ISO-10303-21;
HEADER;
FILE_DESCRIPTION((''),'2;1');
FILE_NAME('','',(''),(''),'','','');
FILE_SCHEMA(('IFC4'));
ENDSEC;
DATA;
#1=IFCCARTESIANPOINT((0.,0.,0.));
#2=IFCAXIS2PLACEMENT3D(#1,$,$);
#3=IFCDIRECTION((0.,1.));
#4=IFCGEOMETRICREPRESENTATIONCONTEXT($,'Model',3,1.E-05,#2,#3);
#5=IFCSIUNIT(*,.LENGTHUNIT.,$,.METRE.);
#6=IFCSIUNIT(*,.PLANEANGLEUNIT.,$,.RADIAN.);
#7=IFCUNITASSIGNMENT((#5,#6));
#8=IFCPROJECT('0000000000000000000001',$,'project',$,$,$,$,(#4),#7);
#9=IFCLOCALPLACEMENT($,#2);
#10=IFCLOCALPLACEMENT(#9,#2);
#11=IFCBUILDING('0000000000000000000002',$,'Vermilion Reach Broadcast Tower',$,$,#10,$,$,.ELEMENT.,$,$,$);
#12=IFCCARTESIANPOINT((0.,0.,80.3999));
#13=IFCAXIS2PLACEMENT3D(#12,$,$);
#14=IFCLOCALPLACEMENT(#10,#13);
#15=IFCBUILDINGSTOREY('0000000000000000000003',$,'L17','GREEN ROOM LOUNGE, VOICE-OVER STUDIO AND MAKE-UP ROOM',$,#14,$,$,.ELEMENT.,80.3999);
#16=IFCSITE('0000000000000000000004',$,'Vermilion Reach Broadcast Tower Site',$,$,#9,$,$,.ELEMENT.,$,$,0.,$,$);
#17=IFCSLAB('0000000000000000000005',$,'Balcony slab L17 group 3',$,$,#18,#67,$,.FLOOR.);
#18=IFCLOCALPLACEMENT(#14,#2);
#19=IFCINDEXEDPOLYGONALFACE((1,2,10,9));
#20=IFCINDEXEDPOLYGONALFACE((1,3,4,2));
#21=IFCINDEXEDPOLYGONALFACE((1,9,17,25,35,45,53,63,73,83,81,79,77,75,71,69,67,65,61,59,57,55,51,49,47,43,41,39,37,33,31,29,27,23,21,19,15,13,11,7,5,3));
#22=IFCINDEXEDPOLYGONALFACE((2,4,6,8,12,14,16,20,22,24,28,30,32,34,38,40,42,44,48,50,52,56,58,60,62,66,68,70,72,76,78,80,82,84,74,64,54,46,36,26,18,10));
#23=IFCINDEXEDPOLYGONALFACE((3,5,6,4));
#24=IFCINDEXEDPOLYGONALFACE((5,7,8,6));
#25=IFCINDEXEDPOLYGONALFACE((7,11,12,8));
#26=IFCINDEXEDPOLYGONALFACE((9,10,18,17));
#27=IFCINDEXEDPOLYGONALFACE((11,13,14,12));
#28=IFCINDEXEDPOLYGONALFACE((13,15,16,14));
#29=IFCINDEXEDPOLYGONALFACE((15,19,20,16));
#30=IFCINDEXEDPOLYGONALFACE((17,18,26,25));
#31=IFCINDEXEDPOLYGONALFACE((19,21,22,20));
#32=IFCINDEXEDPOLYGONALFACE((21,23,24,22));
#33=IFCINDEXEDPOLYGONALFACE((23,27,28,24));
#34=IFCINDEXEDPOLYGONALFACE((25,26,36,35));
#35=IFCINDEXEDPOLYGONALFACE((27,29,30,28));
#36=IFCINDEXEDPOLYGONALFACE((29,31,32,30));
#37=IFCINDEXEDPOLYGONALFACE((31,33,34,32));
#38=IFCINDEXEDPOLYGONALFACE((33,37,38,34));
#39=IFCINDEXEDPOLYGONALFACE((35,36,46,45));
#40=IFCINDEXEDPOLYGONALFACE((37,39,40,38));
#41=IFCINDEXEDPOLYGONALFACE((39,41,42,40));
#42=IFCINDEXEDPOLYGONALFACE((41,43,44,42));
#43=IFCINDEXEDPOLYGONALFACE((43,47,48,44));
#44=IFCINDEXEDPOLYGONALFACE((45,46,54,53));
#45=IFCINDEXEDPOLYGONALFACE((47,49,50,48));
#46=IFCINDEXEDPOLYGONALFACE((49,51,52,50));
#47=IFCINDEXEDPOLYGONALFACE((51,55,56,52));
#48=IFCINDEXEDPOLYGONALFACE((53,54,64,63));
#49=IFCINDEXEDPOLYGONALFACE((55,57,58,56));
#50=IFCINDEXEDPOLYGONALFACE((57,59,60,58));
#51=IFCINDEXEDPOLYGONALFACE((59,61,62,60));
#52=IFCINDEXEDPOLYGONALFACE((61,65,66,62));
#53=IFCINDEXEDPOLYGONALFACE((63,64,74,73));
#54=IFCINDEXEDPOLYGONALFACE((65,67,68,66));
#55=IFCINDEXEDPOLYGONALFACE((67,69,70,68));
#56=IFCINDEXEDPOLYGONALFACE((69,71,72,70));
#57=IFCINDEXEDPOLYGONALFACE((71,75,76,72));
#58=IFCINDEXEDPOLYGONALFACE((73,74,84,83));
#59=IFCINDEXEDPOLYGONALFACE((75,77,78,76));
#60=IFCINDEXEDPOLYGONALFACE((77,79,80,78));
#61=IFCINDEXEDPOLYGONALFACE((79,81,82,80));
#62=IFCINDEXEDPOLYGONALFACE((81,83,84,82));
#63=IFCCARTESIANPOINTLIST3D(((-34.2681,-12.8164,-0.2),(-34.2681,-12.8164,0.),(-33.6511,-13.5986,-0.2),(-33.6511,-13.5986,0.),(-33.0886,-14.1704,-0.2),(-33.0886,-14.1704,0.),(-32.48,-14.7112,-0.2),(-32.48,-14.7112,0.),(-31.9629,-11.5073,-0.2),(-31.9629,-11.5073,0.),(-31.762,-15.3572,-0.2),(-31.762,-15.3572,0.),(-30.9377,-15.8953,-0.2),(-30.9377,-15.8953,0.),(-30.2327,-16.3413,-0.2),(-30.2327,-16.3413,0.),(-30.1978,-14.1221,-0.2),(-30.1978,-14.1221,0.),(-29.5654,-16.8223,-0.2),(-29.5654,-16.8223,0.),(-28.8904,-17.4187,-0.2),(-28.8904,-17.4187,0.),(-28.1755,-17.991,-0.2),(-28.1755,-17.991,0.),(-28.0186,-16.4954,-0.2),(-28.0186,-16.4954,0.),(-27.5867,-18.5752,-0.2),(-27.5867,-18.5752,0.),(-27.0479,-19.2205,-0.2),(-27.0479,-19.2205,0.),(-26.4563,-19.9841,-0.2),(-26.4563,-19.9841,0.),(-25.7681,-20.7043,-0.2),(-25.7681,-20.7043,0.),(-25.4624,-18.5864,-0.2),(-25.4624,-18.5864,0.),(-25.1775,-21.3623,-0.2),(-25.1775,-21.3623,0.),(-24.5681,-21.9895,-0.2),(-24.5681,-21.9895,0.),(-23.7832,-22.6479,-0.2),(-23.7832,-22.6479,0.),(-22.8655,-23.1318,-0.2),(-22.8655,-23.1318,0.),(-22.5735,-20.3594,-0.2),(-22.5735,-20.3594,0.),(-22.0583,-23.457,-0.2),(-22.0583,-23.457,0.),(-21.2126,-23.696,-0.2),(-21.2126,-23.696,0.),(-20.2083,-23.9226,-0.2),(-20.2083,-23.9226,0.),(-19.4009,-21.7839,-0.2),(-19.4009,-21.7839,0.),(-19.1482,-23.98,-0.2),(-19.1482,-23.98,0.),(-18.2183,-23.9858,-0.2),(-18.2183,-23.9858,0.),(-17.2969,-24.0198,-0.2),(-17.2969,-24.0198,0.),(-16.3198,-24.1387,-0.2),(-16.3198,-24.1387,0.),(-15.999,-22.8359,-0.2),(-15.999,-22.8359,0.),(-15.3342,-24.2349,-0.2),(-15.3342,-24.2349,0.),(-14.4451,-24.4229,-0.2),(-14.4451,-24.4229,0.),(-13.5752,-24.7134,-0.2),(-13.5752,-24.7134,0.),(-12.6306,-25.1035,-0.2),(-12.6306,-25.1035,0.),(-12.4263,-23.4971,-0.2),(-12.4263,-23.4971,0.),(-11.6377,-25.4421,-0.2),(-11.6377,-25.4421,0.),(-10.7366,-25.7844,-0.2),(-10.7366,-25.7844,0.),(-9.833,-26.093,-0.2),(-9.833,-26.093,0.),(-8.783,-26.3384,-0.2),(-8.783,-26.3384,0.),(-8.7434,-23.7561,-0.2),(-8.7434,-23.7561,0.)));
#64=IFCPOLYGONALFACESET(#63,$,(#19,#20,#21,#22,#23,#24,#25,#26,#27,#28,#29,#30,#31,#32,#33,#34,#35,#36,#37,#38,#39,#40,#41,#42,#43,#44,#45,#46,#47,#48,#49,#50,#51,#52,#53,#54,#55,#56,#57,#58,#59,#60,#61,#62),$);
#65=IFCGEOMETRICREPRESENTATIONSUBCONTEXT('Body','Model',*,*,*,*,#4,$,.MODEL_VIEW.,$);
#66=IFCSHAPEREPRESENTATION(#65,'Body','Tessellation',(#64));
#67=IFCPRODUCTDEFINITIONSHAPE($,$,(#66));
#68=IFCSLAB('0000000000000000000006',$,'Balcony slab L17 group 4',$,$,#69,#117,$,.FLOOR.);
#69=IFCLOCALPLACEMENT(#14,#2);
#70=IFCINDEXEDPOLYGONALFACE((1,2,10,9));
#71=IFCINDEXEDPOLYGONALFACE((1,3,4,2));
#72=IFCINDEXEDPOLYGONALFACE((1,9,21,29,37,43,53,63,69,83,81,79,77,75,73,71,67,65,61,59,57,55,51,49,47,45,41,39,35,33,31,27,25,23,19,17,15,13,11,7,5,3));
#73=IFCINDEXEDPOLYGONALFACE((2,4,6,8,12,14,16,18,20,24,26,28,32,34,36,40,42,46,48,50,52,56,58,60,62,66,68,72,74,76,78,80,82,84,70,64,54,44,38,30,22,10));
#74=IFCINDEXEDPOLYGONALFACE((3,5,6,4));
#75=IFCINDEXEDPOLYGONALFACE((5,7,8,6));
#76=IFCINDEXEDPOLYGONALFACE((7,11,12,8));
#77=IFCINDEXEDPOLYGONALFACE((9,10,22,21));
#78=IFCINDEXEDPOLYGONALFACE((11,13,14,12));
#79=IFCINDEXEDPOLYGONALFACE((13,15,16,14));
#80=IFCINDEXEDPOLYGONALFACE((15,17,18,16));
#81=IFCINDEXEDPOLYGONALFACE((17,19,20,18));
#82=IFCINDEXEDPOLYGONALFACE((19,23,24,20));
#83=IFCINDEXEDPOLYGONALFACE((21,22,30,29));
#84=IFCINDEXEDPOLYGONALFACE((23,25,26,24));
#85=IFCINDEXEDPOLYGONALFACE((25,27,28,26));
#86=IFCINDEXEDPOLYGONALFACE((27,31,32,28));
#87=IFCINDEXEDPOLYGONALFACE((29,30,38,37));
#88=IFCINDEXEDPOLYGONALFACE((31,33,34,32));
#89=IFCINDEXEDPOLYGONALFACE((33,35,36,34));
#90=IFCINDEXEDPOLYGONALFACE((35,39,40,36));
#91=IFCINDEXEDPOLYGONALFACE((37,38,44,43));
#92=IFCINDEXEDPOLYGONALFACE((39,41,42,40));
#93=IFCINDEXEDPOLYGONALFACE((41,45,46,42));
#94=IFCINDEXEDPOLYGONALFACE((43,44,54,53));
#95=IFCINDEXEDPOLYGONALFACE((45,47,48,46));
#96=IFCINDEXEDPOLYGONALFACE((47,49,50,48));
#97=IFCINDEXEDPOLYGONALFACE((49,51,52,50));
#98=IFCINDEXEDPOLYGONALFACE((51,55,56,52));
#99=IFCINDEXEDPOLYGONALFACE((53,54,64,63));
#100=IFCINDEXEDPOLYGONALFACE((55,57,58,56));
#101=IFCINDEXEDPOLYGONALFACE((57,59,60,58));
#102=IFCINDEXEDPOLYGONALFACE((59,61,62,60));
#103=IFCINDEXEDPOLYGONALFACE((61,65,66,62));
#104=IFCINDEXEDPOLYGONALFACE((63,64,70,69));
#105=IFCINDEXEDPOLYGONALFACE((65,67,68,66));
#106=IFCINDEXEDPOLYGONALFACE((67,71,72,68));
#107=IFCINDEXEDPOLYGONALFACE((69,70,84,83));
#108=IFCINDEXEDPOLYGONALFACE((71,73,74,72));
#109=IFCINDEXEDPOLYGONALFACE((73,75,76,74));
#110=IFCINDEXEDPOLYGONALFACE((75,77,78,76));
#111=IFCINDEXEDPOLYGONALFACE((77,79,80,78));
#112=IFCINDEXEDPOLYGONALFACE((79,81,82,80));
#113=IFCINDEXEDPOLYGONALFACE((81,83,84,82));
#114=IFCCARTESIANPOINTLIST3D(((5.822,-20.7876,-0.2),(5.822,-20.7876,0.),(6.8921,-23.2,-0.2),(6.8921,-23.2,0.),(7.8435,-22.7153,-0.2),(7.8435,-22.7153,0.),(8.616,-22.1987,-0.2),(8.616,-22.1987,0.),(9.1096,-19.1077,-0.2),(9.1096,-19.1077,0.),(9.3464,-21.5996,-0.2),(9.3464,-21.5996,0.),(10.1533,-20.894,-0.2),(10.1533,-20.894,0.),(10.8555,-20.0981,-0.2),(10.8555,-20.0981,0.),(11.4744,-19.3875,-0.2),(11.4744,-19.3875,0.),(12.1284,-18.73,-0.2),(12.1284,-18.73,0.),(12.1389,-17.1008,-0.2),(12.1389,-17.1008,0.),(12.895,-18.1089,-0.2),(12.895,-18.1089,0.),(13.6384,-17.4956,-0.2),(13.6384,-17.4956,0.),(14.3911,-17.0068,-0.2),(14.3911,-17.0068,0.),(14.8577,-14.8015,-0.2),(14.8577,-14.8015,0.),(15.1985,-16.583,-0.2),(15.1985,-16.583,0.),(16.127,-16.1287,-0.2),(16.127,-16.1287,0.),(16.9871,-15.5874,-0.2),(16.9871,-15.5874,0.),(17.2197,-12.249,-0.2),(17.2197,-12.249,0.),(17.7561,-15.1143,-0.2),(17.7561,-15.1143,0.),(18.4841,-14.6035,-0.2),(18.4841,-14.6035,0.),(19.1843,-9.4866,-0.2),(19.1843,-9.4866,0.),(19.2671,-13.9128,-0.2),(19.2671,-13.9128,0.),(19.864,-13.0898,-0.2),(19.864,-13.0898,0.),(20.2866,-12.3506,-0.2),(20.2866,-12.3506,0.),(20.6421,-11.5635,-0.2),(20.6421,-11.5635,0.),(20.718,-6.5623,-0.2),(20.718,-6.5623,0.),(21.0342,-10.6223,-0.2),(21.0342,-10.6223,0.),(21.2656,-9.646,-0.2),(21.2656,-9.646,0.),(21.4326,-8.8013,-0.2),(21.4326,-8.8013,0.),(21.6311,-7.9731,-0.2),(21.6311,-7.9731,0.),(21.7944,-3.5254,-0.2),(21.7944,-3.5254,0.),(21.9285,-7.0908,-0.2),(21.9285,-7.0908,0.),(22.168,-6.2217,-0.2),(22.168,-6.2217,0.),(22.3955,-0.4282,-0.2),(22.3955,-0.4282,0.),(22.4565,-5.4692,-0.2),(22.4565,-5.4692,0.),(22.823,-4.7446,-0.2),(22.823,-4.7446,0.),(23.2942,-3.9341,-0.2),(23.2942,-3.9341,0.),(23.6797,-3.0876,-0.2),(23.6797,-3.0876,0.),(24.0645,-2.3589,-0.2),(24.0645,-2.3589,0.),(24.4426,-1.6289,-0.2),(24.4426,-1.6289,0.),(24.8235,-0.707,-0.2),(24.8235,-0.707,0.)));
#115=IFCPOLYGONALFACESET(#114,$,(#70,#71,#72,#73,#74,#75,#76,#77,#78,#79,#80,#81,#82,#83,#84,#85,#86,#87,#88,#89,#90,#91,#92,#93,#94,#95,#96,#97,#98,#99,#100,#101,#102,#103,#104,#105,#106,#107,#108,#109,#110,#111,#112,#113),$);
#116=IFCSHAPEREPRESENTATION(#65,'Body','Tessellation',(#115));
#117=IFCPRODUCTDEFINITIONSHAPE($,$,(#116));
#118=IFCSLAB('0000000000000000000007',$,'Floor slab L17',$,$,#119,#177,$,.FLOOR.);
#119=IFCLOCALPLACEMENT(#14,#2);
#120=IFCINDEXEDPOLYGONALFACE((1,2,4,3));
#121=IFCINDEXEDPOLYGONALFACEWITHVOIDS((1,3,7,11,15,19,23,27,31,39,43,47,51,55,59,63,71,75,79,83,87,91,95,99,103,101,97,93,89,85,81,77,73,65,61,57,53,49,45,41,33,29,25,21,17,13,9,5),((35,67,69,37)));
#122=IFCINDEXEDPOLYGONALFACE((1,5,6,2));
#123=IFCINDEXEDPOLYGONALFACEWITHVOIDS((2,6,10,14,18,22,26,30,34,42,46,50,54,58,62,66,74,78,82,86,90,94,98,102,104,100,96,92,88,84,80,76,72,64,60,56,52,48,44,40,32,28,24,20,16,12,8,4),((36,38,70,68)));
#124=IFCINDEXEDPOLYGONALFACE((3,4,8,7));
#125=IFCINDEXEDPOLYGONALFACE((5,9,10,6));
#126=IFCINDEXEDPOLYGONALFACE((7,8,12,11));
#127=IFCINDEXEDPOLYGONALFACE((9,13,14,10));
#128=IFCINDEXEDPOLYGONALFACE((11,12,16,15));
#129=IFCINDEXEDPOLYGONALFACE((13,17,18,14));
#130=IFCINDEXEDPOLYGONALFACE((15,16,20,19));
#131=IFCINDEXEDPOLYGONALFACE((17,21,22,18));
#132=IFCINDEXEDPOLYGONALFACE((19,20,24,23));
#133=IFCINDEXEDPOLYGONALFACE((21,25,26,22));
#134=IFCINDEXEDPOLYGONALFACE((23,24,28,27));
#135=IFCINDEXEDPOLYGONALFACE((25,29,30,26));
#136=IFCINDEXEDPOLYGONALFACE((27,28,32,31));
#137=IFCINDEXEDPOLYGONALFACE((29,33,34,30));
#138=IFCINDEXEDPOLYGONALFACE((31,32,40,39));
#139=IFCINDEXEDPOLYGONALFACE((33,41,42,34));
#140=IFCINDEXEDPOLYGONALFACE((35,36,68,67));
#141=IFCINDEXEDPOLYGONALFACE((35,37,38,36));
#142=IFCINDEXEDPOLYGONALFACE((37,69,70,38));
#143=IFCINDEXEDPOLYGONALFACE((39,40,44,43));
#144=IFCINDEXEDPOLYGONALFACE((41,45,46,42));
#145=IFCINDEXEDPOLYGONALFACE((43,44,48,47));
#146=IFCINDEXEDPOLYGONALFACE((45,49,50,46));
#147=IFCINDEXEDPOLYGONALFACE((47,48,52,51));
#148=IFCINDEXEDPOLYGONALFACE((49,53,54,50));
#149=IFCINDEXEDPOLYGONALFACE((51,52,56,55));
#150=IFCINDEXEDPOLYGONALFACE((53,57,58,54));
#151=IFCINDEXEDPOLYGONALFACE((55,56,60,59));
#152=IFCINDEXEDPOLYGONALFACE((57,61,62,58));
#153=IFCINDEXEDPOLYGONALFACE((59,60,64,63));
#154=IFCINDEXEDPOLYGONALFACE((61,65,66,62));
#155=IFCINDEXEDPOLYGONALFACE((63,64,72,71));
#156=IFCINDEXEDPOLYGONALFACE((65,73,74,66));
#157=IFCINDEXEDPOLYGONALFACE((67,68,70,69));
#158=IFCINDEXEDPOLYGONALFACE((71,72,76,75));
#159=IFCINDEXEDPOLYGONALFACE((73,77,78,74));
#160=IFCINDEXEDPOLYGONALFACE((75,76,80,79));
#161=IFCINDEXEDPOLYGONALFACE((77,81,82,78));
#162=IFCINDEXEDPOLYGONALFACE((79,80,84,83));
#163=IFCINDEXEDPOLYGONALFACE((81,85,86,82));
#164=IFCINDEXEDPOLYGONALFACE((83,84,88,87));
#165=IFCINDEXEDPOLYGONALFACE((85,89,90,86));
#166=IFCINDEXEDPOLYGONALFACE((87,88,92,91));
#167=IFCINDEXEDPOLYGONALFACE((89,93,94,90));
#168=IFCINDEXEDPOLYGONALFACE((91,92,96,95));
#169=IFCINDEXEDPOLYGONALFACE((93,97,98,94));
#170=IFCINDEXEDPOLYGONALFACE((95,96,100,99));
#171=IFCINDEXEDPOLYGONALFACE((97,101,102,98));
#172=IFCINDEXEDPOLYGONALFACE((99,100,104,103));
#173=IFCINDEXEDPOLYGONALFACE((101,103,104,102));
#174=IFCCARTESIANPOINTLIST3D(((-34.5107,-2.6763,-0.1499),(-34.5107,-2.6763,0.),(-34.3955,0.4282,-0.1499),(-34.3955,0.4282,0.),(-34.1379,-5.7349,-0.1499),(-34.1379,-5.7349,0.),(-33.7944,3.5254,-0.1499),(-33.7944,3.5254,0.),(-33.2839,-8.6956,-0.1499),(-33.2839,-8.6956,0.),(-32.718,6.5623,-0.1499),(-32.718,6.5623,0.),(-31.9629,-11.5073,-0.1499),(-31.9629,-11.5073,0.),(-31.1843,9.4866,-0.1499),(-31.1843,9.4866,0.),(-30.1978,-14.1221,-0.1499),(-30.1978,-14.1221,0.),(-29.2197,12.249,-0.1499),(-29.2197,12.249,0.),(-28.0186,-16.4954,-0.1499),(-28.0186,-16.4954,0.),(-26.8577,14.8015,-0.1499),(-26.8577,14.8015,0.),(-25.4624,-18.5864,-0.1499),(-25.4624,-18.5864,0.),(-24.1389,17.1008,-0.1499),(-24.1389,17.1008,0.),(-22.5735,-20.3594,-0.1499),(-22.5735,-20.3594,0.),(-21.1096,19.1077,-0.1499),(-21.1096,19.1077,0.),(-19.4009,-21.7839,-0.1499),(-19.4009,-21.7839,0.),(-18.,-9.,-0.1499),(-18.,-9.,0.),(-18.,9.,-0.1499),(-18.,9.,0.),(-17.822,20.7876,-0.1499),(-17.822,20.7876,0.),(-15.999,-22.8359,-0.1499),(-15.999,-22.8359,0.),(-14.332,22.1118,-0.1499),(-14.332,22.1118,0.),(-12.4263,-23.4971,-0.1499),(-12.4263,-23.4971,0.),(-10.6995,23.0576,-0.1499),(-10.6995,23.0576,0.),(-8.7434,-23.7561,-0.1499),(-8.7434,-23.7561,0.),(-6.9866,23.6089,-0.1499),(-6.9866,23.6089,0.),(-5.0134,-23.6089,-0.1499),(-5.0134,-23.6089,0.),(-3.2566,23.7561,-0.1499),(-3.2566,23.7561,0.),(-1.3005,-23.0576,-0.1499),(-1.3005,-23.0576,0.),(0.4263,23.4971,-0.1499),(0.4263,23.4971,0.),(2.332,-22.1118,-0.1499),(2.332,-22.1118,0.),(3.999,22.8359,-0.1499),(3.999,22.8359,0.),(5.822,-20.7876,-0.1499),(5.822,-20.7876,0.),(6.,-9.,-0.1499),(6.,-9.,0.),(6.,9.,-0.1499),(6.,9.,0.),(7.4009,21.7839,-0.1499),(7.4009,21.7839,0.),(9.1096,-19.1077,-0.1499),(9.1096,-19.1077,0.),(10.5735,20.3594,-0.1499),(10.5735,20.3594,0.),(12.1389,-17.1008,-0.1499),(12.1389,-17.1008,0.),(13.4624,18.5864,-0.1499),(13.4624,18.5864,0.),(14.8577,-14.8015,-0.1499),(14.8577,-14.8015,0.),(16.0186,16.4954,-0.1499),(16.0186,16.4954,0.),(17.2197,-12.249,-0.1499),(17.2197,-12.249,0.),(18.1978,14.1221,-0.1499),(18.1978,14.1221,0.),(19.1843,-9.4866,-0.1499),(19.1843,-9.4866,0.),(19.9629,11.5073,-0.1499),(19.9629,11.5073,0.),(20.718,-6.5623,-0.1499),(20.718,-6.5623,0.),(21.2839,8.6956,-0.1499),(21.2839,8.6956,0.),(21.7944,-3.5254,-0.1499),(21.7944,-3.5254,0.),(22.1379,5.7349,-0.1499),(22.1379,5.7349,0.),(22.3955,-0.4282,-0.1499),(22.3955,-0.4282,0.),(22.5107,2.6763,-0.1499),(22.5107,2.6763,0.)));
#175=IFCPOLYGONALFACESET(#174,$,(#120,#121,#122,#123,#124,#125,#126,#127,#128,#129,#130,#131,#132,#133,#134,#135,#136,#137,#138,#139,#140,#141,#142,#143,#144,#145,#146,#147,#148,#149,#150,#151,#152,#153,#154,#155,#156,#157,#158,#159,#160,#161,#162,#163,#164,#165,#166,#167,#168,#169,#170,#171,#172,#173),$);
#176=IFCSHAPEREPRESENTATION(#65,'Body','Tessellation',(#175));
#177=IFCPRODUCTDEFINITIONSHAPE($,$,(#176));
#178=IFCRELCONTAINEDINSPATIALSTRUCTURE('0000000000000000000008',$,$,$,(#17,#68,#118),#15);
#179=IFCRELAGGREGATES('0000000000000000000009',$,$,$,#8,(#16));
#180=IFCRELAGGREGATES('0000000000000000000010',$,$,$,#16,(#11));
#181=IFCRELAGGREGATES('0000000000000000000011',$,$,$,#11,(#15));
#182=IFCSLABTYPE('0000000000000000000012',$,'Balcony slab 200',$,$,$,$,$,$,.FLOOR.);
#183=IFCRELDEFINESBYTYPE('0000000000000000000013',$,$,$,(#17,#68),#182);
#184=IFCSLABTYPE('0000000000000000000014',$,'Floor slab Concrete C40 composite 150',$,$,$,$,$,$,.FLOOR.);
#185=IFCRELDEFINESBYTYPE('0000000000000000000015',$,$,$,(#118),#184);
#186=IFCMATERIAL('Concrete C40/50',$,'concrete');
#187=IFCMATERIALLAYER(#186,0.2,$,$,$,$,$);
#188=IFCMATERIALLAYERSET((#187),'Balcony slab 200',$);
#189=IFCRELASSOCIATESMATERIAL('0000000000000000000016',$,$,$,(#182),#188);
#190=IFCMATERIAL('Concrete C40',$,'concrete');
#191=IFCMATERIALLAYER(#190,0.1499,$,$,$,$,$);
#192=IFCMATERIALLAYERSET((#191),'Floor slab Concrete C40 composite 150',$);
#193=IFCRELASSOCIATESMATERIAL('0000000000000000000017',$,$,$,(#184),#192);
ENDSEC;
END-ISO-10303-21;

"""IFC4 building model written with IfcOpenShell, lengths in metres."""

from ifc_helpers import new_model, si_unit, direction, frame, origin, place, context, subcontext, project, spatial, polyline, outline, extrude, material, layer, layer_set, type_object, element, save


model = new_model("IFC4")

# Units and contexts
model_context = context("Model", 3, precision=1e-05, world=origin(), true_north=direction((0.0, 1.0)))
body_context = subcontext(model_context, "Body", "Model", "MODEL_VIEW")
ifc_project = project(units=[si_unit("LENGTHUNIT", "METRE"), si_unit("PLANEANGLEUNIT", "RADIAN")], contexts=[model_context])

# Site, building, storey
site_placement = place(None, origin())
site = spatial("IfcSite", under=ifc_project, at=site_placement, Name="Vermilion Reach Broadcast Tower Site", CompositionType="ELEMENT", RefElevation=0.0)
building_placement = place(site_placement, origin())
building = spatial("IfcBuilding", under=site, at=building_placement, Name="Vermilion Reach Broadcast Tower", CompositionType="ELEMENT")
storey_placement = place(building_placement, frame((0.0, 0.0, 80.3999)))
storey = spatial("IfcBuildingStorey", under=building, at=storey_placement, Name="L17", Description="GREEN ROOM LOUNGE, VOICE-OVER STUDIO AND MAKE-UP ROOM", CompositionType="ELEMENT", Elevation=80.3999)

# Slabs
ifc_material_1 = material(Name="Concrete C40/50", Category="concrete")
ifc_layer_1 = layer(ifc_material_1, 0.2)
ifc_layer_set_1 = layer_set([ifc_layer_1], Name="Balcony slab 200")
slab_type_1 = type_object("IfcSlabType", Name="Balcony slab 200", PredefinedType="FLOOR", material=ifc_layer_set_1)
placement_1 = place(storey_placement, frame((0.0, 0.0, -0.2)))
element("IfcSlab", 1, at=placement_1, inside=storey, type_object=slab_type_1, Name="Balcony slab L17 group 3", PredefinedType="FLOOR", context=body_context, shape_type="SweptSolid", body=[
    extrude(outline(polyline([(-31.9629, -11.5073), (-30.1978, -14.1221), (-28.0186, -16.4954), (-25.4624, -18.5864), (-22.5735, -20.3594), (-19.4009, -21.7839), (-15.999, -22.8359), (-12.4263, -23.4971), (-8.7434, -23.7561), (-8.783, -26.3384), (-9.833, -26.093), (-10.7366, -25.7844), (-11.6377, -25.4421), (-12.6306, -25.1035), (-13.5752, -24.7134), (-14.4451, -24.4229), (-15.3342, -24.2349), (-16.3198, -24.1387), (-17.2969, -24.0198), (-18.2183, -23.9858), (-19.1482, -23.98), (-20.2083, -23.9226), (-21.2126, -23.696), (-22.0583, -23.457), (-22.8655, -23.1318), (-23.7832, -22.6479), (-24.5681, -21.9895), (-25.1775, -21.3623), (-25.7681, -20.7043), (-26.4563, -19.9841), (-27.0479, -19.2205), (-27.5867, -18.5752), (-28.1755, -17.991), (-28.8904, -17.4187), (-29.5654, -16.8223), (-30.2327, -16.3413), (-30.9377, -15.8953), (-31.762, -15.3572), (-32.48, -14.7112), (-33.0886, -14.1704), (-33.6511, -13.5986), (-34.2681, -12.8164), (-31.9629, -11.5073)])), origin(), (0.0, 0.0, 1.0), 0.2),
])
element("IfcSlab", 2, at=placement_1, inside=storey, type_object=slab_type_1, Name="Balcony slab L17 group 4", PredefinedType="FLOOR", context=body_context, shape_type="SweptSolid", body=[
    extrude(outline(polyline([(5.822, -20.7876), (9.1096, -19.1077), (12.1389, -17.1008), (14.8577, -14.8015), (17.2197, -12.249), (19.1843, -9.4866), (20.718, -6.5623), (21.7944, -3.5254), (22.3955, -0.4282), (24.8235, -0.707), (24.4426, -1.6289), (24.0645, -2.3589), (23.6797, -3.0876), (23.2942, -3.9341), (22.823, -4.7446), (22.4565, -5.4692), (22.168, -6.2217), (21.9285, -7.0908), (21.6311, -7.9731), (21.4326, -8.8013), (21.2656, -9.646), (21.0342, -10.6223), (20.6421, -11.5635), (20.2866, -12.3506), (19.864, -13.0898), (19.2671, -13.9128), (18.4841, -14.6035), (17.7561, -15.1143), (16.9871, -15.5874), (16.127, -16.1287), (15.1985, -16.583), (14.3911, -17.0068), (13.6384, -17.4956), (12.895, -18.1089), (12.1284, -18.73), (11.4744, -19.3875), (10.8555, -20.0981), (10.1533, -20.894), (9.3464, -21.5996), (8.616, -22.1987), (7.8435, -22.7153), (6.8921, -23.2), (5.822, -20.7876)])), origin(), (0.0, 0.0, 1.0), 0.2),
])
ifc_material_2 = material(Name="Concrete C40", Category="concrete")
ifc_layer_2 = layer(ifc_material_2, 0.1499)
ifc_layer_set_2 = layer_set([ifc_layer_2], Name="Floor slab Concrete C40 composite 150")
slab_type_2 = type_object("IfcSlabType", Name="Floor slab Concrete C40 composite 150", PredefinedType="FLOOR", material=ifc_layer_set_2)
slab_1_placement = place(storey_placement, frame((0.0, 0.0, -0.1499)))
element("IfcSlab", 3, at=slab_1_placement, inside=storey, type_object=slab_type_2, Name="Floor slab L17", PredefinedType="FLOOR", context=body_context, shape_type="SweptSolid", body=[
    extrude(outline(polyline([(22.1379, 5.7349), (21.2839, 8.6956), (19.9629, 11.5073), (18.1978, 14.1221), (16.0186, 16.4954), (13.4624, 18.5864), (10.5735, 20.3594), (7.4009, 21.7839), (3.999, 22.8359), (0.4263, 23.4971), (-3.2566, 23.7561), (-6.9866, 23.6089), (-10.6995, 23.0576), (-14.332, 22.1118), (-17.822, 20.7876), (-21.1096, 19.1077), (-24.1389, 17.1008), (-26.8577, 14.8015), (-29.2197, 12.249), (-31.1843, 9.4866), (-32.718, 6.5623), (-33.7944, 3.5254), (-34.3955, 0.4282), (-34.5107, -2.6763), (-34.1379, -5.7349), (-33.2839, -8.6956), (-31.9629, -11.5073), (-30.1978, -14.1221), (-28.0186, -16.4954), (-25.4624, -18.5864), (-22.5735, -20.3594), (-19.4009, -21.7839), (-15.999, -22.8359), (-12.4263, -23.4971), (-8.7434, -23.7561), (-5.0134, -23.6089), (-1.3005, -23.0576), (2.332, -22.1118), (5.822, -20.7876), (9.1096, -19.1077), (12.1389, -17.1008), (14.8577, -14.8015), (17.2197, -12.249), (19.1843, -9.4866), (20.718, -6.5623), (21.7944, -3.5254), (22.3955, -0.4282), (22.5107, 2.6763), (22.1379, 5.7349)]), holes=[polyline([(-18.0, -9.0), (6.0, -9.0), (6.0, 9.0), (-18.0, 9.0), (-18.0, -9.0)])]), origin(), (0.0, 0.0, 1.0), 0.1499),
])

save(model, "model.ifc")
